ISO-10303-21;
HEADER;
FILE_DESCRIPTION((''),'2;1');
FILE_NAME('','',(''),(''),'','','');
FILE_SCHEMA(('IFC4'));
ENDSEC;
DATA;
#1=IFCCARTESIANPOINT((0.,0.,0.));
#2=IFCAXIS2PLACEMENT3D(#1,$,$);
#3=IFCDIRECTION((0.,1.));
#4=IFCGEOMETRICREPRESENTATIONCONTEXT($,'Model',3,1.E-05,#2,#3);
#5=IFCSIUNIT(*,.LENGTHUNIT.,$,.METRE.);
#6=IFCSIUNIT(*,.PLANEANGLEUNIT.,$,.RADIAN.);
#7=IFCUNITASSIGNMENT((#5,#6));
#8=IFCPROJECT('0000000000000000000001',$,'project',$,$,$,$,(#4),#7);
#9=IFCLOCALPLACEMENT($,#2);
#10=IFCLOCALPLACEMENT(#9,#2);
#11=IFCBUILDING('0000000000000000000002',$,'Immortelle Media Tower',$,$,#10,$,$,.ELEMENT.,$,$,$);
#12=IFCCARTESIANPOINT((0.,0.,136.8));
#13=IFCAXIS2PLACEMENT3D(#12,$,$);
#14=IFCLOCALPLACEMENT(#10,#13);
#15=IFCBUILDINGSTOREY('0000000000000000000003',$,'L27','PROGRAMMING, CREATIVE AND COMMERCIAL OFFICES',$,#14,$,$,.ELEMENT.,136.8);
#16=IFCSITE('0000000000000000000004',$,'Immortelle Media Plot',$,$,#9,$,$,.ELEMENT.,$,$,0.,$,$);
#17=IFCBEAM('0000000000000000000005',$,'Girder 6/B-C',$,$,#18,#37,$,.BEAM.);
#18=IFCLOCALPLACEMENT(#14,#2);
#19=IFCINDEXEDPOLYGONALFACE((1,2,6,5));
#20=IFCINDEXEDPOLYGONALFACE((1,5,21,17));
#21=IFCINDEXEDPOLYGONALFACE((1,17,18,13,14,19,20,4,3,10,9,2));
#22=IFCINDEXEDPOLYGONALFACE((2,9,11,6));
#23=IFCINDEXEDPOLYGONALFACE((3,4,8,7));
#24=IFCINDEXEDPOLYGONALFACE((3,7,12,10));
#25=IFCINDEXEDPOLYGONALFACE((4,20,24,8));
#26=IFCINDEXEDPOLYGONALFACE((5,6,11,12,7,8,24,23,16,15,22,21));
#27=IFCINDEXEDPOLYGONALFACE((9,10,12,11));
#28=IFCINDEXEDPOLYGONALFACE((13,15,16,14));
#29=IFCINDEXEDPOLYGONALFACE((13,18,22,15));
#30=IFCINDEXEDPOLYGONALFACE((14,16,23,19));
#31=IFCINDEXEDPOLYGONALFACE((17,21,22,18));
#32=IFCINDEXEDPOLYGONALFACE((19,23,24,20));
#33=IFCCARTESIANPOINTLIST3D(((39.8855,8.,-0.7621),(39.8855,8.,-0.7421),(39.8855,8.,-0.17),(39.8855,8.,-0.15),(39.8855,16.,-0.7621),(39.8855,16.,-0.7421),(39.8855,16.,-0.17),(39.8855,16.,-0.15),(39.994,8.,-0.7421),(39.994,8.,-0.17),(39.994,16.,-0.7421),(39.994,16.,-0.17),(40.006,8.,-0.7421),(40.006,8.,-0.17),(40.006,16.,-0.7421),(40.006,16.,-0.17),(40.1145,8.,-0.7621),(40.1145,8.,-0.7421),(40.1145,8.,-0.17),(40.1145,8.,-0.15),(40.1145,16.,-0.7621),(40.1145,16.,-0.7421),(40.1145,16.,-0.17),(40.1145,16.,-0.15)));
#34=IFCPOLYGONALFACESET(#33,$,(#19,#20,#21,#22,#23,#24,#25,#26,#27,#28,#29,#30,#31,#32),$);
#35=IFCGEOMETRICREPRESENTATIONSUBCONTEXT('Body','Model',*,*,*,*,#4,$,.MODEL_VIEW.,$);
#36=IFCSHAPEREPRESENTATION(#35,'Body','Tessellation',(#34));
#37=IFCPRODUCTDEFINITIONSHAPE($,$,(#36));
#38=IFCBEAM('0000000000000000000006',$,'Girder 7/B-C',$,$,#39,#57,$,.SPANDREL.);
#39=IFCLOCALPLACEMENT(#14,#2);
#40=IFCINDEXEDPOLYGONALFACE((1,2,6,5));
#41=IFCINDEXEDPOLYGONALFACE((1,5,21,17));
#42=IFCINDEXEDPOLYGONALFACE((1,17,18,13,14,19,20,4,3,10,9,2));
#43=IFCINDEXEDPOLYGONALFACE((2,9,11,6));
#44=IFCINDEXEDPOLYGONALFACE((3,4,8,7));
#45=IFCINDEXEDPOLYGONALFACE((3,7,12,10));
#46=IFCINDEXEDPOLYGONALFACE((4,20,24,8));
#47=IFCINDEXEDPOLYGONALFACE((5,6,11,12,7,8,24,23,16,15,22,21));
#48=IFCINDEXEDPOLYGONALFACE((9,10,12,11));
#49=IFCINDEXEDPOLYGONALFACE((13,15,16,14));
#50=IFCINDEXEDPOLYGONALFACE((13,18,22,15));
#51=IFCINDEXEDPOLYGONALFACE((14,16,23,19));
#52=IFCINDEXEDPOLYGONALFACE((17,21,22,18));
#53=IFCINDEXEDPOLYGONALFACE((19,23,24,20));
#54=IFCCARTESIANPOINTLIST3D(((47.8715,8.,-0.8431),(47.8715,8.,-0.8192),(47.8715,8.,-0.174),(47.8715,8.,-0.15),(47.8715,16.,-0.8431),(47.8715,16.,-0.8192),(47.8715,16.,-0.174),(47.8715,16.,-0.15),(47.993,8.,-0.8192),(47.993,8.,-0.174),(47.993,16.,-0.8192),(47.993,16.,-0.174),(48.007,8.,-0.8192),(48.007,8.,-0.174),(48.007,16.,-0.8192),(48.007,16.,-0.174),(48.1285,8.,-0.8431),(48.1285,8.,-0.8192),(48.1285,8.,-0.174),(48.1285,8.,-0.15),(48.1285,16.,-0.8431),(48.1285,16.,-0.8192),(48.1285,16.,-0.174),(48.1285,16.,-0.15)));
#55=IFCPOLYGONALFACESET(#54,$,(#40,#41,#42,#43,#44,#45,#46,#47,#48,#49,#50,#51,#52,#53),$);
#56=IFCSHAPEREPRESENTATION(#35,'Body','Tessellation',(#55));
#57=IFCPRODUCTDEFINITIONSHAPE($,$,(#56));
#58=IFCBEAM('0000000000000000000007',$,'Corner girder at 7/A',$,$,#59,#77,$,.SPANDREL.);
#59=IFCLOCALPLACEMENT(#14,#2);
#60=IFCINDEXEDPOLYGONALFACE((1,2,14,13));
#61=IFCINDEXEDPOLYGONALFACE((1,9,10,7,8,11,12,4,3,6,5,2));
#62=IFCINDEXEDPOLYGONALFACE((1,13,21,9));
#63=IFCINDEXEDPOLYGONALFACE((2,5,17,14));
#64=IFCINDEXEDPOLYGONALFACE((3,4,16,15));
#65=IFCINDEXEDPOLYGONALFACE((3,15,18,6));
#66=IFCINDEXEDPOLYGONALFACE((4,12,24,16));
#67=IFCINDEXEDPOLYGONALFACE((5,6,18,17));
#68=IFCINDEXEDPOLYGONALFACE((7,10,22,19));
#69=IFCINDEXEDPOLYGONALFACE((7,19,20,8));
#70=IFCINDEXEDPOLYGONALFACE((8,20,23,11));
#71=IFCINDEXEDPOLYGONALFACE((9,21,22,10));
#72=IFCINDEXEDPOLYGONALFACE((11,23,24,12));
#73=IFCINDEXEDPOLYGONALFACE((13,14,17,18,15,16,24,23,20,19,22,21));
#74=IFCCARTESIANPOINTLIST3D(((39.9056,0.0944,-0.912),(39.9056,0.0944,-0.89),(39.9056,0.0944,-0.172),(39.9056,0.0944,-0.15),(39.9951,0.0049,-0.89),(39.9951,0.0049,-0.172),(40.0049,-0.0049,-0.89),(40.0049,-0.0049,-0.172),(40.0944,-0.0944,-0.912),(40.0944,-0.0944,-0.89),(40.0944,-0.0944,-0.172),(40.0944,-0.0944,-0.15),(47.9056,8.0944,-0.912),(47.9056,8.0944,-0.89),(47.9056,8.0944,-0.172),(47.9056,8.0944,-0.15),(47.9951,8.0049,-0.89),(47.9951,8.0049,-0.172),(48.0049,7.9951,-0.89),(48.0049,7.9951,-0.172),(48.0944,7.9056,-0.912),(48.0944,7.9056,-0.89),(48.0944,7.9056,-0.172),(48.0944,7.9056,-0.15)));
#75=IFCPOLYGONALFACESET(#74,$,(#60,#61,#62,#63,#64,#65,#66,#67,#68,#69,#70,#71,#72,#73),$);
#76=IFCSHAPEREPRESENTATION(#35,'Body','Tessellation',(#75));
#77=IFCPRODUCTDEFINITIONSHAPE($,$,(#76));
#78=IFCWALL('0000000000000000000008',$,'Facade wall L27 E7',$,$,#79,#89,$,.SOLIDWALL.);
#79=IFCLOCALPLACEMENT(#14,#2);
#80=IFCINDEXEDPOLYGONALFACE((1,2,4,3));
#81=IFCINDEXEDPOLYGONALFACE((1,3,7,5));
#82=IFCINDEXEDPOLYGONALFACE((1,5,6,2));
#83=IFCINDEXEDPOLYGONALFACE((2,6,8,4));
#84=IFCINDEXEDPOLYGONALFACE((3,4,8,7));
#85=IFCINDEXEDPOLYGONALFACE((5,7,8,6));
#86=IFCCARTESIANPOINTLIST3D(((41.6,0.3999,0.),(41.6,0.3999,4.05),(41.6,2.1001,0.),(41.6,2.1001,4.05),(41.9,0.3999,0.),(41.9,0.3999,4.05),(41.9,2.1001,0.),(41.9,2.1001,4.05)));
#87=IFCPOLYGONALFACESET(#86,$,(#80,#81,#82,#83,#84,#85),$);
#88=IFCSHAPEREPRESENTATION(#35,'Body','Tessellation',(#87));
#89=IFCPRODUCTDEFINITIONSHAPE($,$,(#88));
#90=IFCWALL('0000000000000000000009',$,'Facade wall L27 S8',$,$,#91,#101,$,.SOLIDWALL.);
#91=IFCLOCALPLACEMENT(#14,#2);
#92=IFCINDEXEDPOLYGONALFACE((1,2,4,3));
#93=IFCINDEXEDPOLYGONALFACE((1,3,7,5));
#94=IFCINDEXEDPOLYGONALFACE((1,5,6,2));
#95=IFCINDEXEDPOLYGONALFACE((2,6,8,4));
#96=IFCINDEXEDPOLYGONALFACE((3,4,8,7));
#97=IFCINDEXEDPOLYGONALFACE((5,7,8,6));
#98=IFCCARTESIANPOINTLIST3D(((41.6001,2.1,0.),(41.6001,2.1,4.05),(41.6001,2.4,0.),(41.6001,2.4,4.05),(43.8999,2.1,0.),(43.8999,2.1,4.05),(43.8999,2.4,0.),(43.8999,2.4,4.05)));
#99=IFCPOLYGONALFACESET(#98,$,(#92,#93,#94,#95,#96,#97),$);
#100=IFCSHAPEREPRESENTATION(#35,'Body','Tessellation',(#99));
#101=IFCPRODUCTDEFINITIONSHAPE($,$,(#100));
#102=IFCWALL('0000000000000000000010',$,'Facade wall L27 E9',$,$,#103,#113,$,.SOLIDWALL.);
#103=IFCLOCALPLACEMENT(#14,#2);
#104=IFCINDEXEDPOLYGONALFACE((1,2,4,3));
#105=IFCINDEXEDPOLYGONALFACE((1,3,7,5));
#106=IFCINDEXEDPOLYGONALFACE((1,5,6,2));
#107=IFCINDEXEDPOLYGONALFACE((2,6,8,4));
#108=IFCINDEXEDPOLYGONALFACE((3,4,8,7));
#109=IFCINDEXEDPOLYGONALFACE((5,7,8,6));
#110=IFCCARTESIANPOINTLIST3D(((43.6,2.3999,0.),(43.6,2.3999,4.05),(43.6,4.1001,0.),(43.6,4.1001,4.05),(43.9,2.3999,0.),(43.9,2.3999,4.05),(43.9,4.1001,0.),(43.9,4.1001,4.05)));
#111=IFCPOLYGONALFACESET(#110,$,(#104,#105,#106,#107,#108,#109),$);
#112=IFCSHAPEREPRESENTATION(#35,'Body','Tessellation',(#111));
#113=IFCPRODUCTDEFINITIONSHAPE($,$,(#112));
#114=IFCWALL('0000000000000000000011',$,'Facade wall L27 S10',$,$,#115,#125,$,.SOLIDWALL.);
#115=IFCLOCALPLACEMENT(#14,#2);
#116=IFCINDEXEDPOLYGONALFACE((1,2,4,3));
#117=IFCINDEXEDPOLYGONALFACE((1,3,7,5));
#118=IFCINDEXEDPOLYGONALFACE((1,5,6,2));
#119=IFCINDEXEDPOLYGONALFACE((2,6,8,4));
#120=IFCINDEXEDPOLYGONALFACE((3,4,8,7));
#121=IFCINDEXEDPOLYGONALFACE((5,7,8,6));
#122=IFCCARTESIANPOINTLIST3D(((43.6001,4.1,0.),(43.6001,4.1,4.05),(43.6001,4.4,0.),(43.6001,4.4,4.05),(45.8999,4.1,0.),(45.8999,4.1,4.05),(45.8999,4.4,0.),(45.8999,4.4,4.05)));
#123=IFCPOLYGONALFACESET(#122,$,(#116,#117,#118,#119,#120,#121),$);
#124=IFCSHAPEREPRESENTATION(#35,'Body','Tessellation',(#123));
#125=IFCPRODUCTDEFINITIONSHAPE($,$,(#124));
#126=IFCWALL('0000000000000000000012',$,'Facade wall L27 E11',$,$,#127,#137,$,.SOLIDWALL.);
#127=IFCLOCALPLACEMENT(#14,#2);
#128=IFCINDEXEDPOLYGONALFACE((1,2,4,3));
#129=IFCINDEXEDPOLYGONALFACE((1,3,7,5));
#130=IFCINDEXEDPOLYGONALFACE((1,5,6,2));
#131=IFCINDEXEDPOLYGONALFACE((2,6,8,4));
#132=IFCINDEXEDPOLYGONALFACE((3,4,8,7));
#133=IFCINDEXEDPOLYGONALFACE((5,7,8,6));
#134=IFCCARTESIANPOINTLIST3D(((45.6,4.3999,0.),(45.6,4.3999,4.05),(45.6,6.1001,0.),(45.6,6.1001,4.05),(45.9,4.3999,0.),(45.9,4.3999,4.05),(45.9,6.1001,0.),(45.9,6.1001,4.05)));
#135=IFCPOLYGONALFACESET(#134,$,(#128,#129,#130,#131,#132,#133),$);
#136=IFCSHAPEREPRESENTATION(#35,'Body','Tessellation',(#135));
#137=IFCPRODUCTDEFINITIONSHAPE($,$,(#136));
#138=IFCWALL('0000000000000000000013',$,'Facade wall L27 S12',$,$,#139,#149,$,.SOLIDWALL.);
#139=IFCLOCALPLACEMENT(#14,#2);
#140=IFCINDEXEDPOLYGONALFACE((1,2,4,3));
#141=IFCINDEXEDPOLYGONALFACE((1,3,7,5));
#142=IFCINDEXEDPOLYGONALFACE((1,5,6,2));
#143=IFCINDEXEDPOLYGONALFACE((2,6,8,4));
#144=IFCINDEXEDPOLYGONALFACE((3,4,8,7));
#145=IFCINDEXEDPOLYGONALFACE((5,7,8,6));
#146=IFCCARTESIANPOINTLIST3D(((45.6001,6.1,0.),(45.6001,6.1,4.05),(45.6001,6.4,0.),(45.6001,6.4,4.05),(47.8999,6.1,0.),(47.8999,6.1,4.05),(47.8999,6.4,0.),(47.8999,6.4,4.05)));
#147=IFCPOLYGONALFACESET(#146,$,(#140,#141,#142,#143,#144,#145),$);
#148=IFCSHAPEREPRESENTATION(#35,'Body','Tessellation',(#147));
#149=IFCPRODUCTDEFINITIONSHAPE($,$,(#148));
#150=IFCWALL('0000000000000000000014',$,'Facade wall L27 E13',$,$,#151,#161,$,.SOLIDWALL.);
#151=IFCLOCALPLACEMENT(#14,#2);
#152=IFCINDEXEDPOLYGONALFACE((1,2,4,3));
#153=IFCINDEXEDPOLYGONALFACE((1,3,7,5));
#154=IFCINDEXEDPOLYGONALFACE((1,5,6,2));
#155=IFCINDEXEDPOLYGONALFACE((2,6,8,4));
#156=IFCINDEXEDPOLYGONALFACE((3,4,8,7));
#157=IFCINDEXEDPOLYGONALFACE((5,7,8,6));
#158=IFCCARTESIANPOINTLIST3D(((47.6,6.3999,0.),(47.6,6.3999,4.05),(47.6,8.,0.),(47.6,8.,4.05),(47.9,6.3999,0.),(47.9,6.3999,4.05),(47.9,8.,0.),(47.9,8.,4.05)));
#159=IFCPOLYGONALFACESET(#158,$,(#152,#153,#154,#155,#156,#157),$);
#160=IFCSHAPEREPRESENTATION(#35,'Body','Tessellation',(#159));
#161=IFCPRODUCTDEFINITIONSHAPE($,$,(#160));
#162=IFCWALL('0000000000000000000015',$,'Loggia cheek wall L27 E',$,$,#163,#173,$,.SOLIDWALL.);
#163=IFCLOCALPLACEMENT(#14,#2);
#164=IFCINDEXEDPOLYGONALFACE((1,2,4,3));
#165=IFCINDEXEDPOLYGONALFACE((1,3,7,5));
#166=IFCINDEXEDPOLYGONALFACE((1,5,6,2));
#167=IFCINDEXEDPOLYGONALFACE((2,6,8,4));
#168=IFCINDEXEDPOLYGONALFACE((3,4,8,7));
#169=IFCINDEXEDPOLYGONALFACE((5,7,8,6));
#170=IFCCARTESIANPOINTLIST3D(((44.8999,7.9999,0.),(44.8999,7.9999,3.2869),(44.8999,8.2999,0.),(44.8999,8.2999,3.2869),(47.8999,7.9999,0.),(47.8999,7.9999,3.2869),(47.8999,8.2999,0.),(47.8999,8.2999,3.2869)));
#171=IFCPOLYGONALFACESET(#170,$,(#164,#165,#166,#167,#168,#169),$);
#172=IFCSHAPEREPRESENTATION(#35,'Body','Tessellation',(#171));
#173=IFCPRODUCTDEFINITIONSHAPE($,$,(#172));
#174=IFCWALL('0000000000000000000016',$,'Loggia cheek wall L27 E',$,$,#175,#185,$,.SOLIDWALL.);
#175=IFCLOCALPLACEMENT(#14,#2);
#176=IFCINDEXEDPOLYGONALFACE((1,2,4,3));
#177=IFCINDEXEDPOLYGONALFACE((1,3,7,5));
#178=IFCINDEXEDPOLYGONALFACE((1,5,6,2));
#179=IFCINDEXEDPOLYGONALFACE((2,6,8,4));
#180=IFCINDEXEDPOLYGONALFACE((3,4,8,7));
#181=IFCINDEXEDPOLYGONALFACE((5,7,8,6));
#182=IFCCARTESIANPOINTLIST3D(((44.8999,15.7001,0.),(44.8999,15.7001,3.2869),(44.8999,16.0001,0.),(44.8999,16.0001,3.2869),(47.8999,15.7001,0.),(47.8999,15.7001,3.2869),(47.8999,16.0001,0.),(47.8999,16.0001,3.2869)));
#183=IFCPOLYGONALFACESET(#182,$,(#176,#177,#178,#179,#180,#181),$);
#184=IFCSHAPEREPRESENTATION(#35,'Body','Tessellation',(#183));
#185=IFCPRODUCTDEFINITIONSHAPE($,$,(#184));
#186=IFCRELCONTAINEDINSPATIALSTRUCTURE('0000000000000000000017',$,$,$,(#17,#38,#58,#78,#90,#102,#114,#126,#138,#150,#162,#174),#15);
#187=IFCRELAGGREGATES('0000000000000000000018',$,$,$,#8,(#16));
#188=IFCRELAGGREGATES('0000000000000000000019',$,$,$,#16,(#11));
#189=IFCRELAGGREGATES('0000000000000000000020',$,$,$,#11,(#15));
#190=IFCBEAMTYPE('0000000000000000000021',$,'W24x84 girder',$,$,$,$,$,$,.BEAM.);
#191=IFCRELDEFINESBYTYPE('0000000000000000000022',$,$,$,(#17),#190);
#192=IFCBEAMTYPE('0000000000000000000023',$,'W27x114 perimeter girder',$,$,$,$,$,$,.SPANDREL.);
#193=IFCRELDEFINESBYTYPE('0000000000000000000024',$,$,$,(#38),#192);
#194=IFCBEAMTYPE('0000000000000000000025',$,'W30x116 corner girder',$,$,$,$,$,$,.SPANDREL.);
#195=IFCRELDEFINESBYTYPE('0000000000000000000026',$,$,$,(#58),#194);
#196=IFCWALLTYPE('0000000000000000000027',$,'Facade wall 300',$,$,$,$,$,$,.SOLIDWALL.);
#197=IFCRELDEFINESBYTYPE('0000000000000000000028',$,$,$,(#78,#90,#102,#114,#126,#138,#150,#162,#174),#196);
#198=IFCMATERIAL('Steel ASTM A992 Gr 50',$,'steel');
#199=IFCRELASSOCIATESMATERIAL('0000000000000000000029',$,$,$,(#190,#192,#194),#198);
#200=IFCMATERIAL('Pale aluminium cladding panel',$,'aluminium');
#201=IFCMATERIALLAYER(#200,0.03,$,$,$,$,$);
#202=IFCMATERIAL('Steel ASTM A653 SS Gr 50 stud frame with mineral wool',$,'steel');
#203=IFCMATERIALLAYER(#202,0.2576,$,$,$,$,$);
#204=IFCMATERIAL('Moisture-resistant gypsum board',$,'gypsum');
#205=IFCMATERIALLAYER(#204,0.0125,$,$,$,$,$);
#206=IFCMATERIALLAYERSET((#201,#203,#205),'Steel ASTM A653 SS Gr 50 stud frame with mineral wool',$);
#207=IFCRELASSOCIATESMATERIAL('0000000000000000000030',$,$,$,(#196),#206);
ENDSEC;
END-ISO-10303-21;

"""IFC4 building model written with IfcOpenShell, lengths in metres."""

from ifc_helpers import new_model, si_unit, direction, frame, frame_2d, origin, origin_2d, place, context, subcontext, project, spatial, rectangle, i_section, extrude, material, layer, layer_set, material_profile, profile_set, type_object, element, save


model = new_model("IFC4")

# Units and contexts
model_context = context("Model", 3, precision=1e-05, world=origin(), true_north=direction((0.0, 1.0)))
body_context = subcontext(model_context, "Body", "Model", "MODEL_VIEW")
ifc_project = project(units=[si_unit("LENGTHUNIT", "METRE"), si_unit("PLANEANGLEUNIT", "RADIAN")], contexts=[model_context])

# Site, building, storey
site_placement = place(None, origin())
site = spatial("IfcSite", under=ifc_project, at=site_placement, Name="Immortelle Media Plot", CompositionType="ELEMENT", RefElevation=0.0)
building_placement = place(site_placement, origin())
building = spatial("IfcBuilding", under=site, at=building_placement, Name="Immortelle Media Tower", CompositionType="ELEMENT")
storey_placement = place(building_placement, frame((0.0, 0.0, 136.8)))
storey = spatial("IfcBuildingStorey", under=building, at=storey_placement, Name="L27", Description="PROGRAMMING, CREATIVE AND COMMERCIAL OFFICES", CompositionType="ELEMENT", Elevation=136.8)

# Shared definitions
ifc_material_1 = material(Name="Steel ASTM A992 Gr 50", Category="steel")

# Beams
ifc_material_profile_1 = material_profile(ifc_material_1, i_section(OverallWidth=0.229, OverallDepth=0.6121, WebThickness=0.012, FlangeThickness=0.02, at=origin_2d()), Name="W24x84")
ifc_profile_set_1 = profile_set([ifc_material_profile_1], Name="Steel ASTM A992 Gr 50")
beam_type_1 = type_object("IfcBeamType", Name="W24x84 girder", PredefinedType="BEAM", material=ifc_profile_set_1)
for number, where, z_axis, x_axis, name in (
    (1, (40.0, 8.0, -0.4561), (0.0, 1.0, 0.0), (-1.0, 0.0, 0.0), "Girder 6/B-C"),
):
    element("IfcBeam", number, at=place(storey_placement, frame(where, z_axis=z_axis, x_axis=x_axis)), inside=storey, type_object=beam_type_1, Name=name, PredefinedType="BEAM", context=body_context, shape_type="SweptSolid", body=[
        extrude(i_section(OverallWidth=0.229, OverallDepth=0.6121, WebThickness=0.012, FlangeThickness=0.02, at=origin_2d()), origin(), (0.0, 0.0, 1.0), 8.0),
    ])
ifc_material_profile_2 = material_profile(ifc_material_1, i_section(OverallWidth=0.2571, OverallDepth=0.6931, WebThickness=0.0139, FlangeThickness=0.0239, at=origin_2d()), Name="W27x114")
ifc_profile_set_2 = profile_set([ifc_material_profile_2], Name="Steel ASTM A992 Gr 50")
beam_type_2 = type_object("IfcBeamType", Name="W27x114 perimeter girder", PredefinedType="SPANDREL", material=ifc_profile_set_2)
beam_1_placement = place(storey_placement, frame((48.0, 8.0, -0.4966), z_axis=(0.0, 1.0, 0.0), x_axis=(-1.0, 0.0, 0.0)))
element("IfcBeam", 2, at=beam_1_placement, inside=storey, type_object=beam_type_2, Name="Girder 7/B-C", PredefinedType="SPANDREL", context=body_context, shape_type="SweptSolid", body=[
    extrude(i_section(OverallWidth=0.2571, OverallDepth=0.6931, WebThickness=0.0139, FlangeThickness=0.0239, at=origin_2d()), origin(), (0.0, 0.0, 1.0), 8.0),
])
ifc_material_profile_3 = material_profile(ifc_material_1, i_section(OverallWidth=0.2671, OverallDepth=0.762, WebThickness=0.0139, FlangeThickness=0.022, at=origin_2d()), Name="W30x116")
ifc_profile_set_3 = profile_set([ifc_material_profile_3], Name="Steel ASTM A992 Gr 50")
beam_type_3 = type_object("IfcBeamType", Name="W30x116 corner girder", PredefinedType="SPANDREL", material=ifc_profile_set_3)
beam_2_placement = place(storey_placement, frame((48.0, 8.0, -0.531), z_axis=(-0.707107, -0.707107, 0.0), x_axis=(0.707107, -0.707107, 0.0)))
element("IfcBeam", 3, at=beam_2_placement, inside=storey, type_object=beam_type_3, Name="Corner girder at 7/A", PredefinedType="SPANDREL", context=body_context, shape_type="SweptSolid", body=[
    extrude(i_section(OverallWidth=0.2671, OverallDepth=0.762, WebThickness=0.0139, FlangeThickness=0.022, at=origin_2d()), origin(), (0.0, 0.0, 1.0), 11.3137),
])

# Walls
ifc_material_2 = material(Name="Pale aluminium cladding panel", Category="aluminium")
ifc_layer_1 = layer(ifc_material_2, 0.03)
ifc_material_3 = material(Name="Steel ASTM A653 SS Gr 50 stud frame with mineral wool", Category="steel")
ifc_layer_2 = layer(ifc_material_3, 0.2576)
ifc_material_4 = material(Name="Moisture-resistant gypsum board", Category="gypsum")
ifc_layer_3 = layer(ifc_material_4, 0.0125)
ifc_layer_set_1 = layer_set([ifc_layer_1, ifc_layer_2, ifc_layer_3], Name="Steel ASTM A653 SS Gr 50 stud frame with mineral wool")
wall_type = type_object("IfcWallType", Name="Facade wall 300", PredefinedType="SOLIDWALL", material=ifc_layer_set_1)
wall_1_placement = place(storey_placement, frame((41.75, 0.3999, 0.0), z_axis=(0.0, 0.0, 1.0), x_axis=(0.0, 1.0, 0.0)))
element("IfcWall", 4, at=wall_1_placement, inside=storey, type_object=wall_type, Name="Facade wall L27 E7", PredefinedType="SOLIDWALL", context=body_context, shape_type="SweptSolid", body=[
    extrude(rectangle(XDim=1.7002, YDim=0.3, at=frame_2d((0.8501, 0.0))), origin(), (0.0, 0.0, 1.0), 4.05),
])
wall_2_placement = place(storey_placement, frame((41.6001, 2.25, 0.0), z_axis=(0.0, 0.0, 1.0), x_axis=(1.0, 0.0, 0.0)))
element("IfcWall", 5, at=wall_2_placement, inside=storey, type_object=wall_type, Name="Facade wall L27 S8", PredefinedType="SOLIDWALL", context=body_context, shape_type="SweptSolid", body=[
    extrude(rectangle(XDim=2.2998, YDim=0.3, at=frame_2d((1.1499, 0.0))), origin(), (0.0, 0.0, 1.0), 4.05),
])
wall_3_placement = place(storey_placement, frame((43.75, 2.3999, 0.0), z_axis=(0.0, 0.0, 1.0), x_axis=(0.0, 1.0, 0.0)))
element("IfcWall", 6, at=wall_3_placement, inside=storey, type_object=wall_type, Name="Facade wall L27 E9", PredefinedType="SOLIDWALL", context=body_context, shape_type="SweptSolid", body=[
    extrude(rectangle(XDim=1.7002, YDim=0.3, at=frame_2d((0.8501, 0.0))), origin(), (0.0, 0.0, 1.0), 4.05),
])
wall_4_placement = place(storey_placement, frame((43.6001, 4.25, 0.0), z_axis=(0.0, 0.0, 1.0), x_axis=(1.0, 0.0, 0.0)))
element("IfcWall", 7, at=wall_4_placement, inside=storey, type_object=wall_type, Name="Facade wall L27 S10", PredefinedType="SOLIDWALL", context=body_context, shape_type="SweptSolid", body=[
    extrude(rectangle(XDim=2.2998, YDim=0.3, at=frame_2d((1.1499, 0.0))), origin(), (0.0, 0.0, 1.0), 4.05),
])
wall_5_placement = place(storey_placement, frame((45.75, 4.3999, 0.0), z_axis=(0.0, 0.0, 1.0), x_axis=(0.0, 1.0, 0.0)))
element("IfcWall", 8, at=wall_5_placement, inside=storey, type_object=wall_type, Name="Facade wall L27 E11", PredefinedType="SOLIDWALL", context=body_context, shape_type="SweptSolid", body=[
    extrude(rectangle(XDim=1.7002, YDim=0.3, at=frame_2d((0.8501, 0.0))), origin(), (0.0, 0.0, 1.0), 4.05),
])
wall_6_placement = place(storey_placement, frame((45.6001, 6.25, 0.0), z_axis=(0.0, 0.0, 1.0), x_axis=(1.0, 0.0, 0.0)))
element("IfcWall", 9, at=wall_6_placement, inside=storey, type_object=wall_type, Name="Facade wall L27 S12", PredefinedType="SOLIDWALL", context=body_context, shape_type="SweptSolid", body=[
    extrude(rectangle(XDim=2.2998, YDim=0.3, at=frame_2d((1.1499, 0.0))), origin(), (0.0, 0.0, 1.0), 4.05),
])
wall_7_placement = place(storey_placement, frame((47.75, 6.3999, 0.0), z_axis=(0.0, 0.0, 1.0), x_axis=(0.0, 1.0, 0.0)))
element("IfcWall", 10, at=wall_7_placement, inside=storey, type_object=wall_type, Name="Facade wall L27 E13", PredefinedType="SOLIDWALL", context=body_context, shape_type="SweptSolid", body=[
    extrude(rectangle(XDim=1.6001, YDim=0.3, at=frame_2d((0.8, 0.0))), origin(), (0.0, 0.0, 1.0), 4.05),
])

# Walls
for number, where, z_axis, x_axis, name in (
    (11, (47.8999, 8.1499, 0.0), (0.0, 0.0, 1.0), (-1.0, 0.0, 0.0), "Loggia cheek wall L27 E"),
    (12, (47.8999, 15.8501, 0.0), (0.0, 0.0, 1.0), (-1.0, 0.0, 0.0), "Loggia cheek wall L27 E"),
):
    element("IfcWall", number, at=place(storey_placement, frame(where, z_axis=z_axis, x_axis=x_axis)), inside=storey, type_object=wall_type, Name=name, PredefinedType="SOLIDWALL", context=body_context, shape_type="SweptSolid", body=[
        extrude(rectangle(XDim=3.0, YDim=0.3, at=frame_2d((1.5, 0.0))), origin(), (0.0, 0.0, 1.0), 3.2869),
    ])

save(model, "model.ifc")
